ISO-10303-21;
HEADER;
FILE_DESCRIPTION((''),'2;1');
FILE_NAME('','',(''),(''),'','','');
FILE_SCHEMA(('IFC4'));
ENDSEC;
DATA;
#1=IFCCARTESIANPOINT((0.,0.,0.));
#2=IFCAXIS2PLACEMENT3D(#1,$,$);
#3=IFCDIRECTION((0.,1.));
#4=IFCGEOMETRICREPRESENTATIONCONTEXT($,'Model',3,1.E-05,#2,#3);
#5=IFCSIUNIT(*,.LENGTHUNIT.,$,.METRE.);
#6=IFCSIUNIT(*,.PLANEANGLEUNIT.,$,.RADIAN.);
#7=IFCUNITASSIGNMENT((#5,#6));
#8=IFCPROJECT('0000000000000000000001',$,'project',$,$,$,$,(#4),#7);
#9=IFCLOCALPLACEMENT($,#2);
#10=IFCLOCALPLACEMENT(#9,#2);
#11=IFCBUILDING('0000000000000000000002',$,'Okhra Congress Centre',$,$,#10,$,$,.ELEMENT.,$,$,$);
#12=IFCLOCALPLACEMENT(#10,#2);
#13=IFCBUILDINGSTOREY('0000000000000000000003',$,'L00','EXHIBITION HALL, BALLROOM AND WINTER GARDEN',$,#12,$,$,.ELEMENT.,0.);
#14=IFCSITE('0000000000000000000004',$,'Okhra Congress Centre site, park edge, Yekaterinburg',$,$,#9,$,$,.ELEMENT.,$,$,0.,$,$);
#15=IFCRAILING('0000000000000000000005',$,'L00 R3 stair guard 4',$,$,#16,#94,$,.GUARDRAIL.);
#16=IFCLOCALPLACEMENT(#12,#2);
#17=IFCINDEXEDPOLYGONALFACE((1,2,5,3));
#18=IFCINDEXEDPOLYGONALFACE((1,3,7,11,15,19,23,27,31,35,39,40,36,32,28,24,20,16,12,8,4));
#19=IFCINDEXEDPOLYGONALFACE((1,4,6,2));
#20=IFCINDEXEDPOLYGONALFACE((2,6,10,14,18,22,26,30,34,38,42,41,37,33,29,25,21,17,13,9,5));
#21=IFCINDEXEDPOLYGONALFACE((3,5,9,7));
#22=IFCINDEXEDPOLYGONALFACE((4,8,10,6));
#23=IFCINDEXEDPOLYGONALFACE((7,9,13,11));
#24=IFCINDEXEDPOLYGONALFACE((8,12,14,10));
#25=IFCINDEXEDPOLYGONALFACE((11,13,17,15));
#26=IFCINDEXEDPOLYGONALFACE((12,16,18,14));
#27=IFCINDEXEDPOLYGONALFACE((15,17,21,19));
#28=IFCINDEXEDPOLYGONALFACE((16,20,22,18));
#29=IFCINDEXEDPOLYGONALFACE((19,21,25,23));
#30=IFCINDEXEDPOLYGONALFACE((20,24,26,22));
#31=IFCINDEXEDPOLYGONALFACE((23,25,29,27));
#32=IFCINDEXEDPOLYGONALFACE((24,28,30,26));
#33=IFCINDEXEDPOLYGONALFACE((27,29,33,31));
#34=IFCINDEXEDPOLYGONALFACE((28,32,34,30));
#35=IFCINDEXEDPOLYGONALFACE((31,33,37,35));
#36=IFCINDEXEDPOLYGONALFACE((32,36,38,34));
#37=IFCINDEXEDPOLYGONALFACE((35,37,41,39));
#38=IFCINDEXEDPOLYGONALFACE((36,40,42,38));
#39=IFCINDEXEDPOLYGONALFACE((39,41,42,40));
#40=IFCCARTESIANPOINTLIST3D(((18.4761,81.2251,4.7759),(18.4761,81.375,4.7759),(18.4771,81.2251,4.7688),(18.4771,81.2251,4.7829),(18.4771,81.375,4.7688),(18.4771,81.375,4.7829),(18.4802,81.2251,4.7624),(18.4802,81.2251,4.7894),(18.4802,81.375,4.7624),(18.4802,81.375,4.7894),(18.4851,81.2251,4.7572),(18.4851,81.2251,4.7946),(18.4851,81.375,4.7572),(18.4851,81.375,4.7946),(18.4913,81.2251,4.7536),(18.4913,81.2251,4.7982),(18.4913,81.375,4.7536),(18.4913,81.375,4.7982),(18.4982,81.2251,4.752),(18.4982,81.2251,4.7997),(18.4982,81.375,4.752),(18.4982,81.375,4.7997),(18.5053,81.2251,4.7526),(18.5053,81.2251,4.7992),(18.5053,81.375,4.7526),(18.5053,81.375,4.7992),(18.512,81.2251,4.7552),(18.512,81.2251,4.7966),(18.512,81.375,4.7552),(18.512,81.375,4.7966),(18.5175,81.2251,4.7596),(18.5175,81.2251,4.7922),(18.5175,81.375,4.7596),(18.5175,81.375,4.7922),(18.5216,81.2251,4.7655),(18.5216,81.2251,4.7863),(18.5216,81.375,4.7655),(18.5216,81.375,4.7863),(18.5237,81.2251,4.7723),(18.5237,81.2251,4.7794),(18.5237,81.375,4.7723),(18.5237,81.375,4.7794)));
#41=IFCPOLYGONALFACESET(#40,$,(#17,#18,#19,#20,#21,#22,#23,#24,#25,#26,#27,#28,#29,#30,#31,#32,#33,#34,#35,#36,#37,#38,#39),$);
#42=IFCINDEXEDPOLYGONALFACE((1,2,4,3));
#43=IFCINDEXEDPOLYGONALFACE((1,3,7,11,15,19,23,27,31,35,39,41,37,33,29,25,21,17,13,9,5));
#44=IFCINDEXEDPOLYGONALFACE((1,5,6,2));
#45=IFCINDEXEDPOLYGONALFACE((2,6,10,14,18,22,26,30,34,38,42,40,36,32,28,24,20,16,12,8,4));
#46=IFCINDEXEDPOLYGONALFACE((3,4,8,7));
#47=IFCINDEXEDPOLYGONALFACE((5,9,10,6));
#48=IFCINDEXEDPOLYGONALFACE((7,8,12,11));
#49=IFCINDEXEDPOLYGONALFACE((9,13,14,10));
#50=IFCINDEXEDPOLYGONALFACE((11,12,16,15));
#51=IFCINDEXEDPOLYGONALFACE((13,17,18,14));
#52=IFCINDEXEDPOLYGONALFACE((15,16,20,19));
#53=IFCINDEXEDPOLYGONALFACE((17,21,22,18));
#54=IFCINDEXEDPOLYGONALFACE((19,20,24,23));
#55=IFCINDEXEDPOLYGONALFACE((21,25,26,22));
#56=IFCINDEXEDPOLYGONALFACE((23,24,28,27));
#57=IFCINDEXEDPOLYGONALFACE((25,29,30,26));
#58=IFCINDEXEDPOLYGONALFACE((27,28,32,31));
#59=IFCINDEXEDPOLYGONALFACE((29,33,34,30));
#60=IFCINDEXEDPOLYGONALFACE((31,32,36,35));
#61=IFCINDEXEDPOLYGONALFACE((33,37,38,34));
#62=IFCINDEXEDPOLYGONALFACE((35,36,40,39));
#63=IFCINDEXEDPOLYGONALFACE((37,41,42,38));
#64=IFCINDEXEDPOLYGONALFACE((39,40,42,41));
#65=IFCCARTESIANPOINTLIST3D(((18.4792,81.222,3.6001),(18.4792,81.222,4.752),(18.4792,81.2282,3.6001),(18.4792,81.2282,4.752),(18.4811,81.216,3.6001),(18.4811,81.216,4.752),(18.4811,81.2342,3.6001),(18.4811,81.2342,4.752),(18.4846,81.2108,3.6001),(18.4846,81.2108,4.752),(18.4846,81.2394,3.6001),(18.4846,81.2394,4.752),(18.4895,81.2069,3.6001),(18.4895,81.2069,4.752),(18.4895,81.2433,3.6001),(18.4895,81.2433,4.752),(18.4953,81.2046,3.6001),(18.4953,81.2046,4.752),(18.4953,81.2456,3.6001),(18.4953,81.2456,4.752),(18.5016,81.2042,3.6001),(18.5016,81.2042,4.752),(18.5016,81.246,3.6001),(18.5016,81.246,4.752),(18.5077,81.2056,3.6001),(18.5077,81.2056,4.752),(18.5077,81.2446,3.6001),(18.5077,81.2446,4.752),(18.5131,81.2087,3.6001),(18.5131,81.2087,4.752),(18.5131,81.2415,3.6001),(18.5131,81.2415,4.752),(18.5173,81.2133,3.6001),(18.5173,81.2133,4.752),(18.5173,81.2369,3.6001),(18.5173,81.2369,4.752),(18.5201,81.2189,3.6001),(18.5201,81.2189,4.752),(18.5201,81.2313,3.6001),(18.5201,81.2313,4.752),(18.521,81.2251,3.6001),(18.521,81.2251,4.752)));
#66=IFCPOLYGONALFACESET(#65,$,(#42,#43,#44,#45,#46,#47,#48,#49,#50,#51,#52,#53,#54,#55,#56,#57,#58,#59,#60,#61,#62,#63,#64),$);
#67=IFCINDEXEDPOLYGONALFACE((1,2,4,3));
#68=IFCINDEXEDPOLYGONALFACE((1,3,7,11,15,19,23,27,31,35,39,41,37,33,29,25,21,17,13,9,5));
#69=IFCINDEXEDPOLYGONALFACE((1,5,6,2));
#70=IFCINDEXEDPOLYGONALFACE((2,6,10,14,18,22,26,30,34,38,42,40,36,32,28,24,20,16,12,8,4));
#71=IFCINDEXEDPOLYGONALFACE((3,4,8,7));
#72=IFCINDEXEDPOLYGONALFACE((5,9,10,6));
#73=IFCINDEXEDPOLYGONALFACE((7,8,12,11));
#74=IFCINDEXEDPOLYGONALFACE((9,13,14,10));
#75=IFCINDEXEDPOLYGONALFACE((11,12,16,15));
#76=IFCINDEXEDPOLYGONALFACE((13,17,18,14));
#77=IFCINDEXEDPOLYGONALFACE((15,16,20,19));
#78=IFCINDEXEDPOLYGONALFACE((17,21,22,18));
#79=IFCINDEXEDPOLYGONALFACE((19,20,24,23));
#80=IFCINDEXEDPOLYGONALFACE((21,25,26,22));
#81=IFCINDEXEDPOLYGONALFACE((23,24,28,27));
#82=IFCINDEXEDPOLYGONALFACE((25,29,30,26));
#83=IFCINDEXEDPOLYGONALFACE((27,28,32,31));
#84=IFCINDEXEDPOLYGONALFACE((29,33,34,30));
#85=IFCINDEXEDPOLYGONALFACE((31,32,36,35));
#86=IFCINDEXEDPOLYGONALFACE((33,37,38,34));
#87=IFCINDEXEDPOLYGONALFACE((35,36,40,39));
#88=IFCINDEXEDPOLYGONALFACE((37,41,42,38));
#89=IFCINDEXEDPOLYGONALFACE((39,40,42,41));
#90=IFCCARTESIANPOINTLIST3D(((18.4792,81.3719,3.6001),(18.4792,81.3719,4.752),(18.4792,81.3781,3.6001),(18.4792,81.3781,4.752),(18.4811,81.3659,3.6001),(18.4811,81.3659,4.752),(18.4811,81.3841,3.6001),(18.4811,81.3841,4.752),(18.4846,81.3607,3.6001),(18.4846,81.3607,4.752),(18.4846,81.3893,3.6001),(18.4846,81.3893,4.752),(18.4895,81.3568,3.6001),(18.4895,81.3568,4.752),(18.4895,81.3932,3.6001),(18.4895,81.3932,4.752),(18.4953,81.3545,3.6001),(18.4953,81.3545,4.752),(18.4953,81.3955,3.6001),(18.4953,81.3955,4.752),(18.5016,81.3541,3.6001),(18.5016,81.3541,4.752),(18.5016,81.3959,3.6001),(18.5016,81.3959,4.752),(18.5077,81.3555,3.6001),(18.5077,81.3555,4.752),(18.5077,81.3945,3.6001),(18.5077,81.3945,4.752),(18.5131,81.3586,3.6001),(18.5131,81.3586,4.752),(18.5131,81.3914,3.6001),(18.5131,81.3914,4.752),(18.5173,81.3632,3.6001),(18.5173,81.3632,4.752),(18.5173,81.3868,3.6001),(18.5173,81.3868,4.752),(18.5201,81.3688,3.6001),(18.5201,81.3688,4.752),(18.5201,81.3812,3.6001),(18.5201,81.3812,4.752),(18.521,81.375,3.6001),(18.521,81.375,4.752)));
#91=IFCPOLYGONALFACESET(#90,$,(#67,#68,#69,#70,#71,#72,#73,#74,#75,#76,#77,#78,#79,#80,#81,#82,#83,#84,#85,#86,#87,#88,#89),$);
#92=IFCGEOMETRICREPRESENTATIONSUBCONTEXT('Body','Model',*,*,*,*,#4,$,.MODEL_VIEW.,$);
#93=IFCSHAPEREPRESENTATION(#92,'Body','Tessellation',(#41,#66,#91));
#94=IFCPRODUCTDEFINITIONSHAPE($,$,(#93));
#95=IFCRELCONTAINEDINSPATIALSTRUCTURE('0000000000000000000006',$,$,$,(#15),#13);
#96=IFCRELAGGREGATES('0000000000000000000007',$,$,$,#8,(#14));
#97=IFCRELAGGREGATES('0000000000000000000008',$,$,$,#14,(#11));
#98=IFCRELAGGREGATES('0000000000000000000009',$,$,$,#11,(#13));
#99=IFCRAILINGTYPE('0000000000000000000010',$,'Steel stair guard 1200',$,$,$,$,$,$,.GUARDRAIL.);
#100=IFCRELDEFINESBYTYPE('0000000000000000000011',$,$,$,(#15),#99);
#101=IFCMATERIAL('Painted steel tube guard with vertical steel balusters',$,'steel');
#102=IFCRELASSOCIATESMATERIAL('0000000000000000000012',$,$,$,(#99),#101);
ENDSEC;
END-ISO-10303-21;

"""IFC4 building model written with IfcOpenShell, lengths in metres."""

from ifc_helpers import new_model, si_unit, direction, frame, origin, origin_2d, place, context, subcontext, project, spatial, circle, extrude, material, type_object, element, save


model = new_model("IFC4")

# Units and contexts
model_context = context("Model", 3, precision=1e-05, world=origin(), true_north=direction((0.0, 1.0)))
body_context = subcontext(model_context, "Body", "Model", "MODEL_VIEW")
ifc_project = project(units=[si_unit("LENGTHUNIT", "METRE"), si_unit("PLANEANGLEUNIT", "RADIAN")], contexts=[model_context])

# Site, building, storey
site_placement = place(None, origin())
site = spatial("IfcSite", under=ifc_project, at=site_placement, Name="Okhra Congress Centre site, park edge, Yekaterinburg", CompositionType="ELEMENT", RefElevation=0.0)
building_placement = place(site_placement, origin())
building = spatial("IfcBuilding", under=site, at=building_placement, Name="Okhra Congress Centre", CompositionType="ELEMENT")
storey_placement = place(building_placement, origin())
storey = spatial("IfcBuildingStorey", under=building, at=storey_placement, Name="L00", Description="EXHIBITION HALL, BALLROOM AND WINTER GARDEN", CompositionType="ELEMENT", Elevation=0.0)

# Railing
ifc_material_1 = material(Name="Painted steel tube guard with vertical steel balusters", Category="steel")
railing_type_1 = type_object("IfcRailingType", Name="Steel stair guard 1200", PredefinedType="GUARDRAIL", material=ifc_material_1)
railing_1_placement = place(storey_placement, frame((18.5, 81.2251, 3.6001)))
element("IfcRailing", 1, at=railing_1_placement, inside=storey, type_object=railing_type_1, Name="L00 R3 stair guard 4", PredefinedType="GUARDRAIL", context=body_context, shape_type="SweptSolid", body=[
    extrude(circle(Radius=0.0239, at=origin_2d()), frame((0.0, 0.0, 1.1758), z_axis=(0.0, 1.0, 0.0), x_axis=(-1.0, 0.0, 0.0)), (0.0, 0.0, 1.0), 0.1499),
    extrude(circle(Radius=0.021, at=origin_2d()), origin(), (0.0, 0.0, 1.0), 1.1519),
    extrude(circle(Radius=0.021, at=origin_2d()), frame((0.0, 0.1499, 0.0)), (0.0, 0.0, 1.0), 1.1519),
])

save(model, "model.ifc")
